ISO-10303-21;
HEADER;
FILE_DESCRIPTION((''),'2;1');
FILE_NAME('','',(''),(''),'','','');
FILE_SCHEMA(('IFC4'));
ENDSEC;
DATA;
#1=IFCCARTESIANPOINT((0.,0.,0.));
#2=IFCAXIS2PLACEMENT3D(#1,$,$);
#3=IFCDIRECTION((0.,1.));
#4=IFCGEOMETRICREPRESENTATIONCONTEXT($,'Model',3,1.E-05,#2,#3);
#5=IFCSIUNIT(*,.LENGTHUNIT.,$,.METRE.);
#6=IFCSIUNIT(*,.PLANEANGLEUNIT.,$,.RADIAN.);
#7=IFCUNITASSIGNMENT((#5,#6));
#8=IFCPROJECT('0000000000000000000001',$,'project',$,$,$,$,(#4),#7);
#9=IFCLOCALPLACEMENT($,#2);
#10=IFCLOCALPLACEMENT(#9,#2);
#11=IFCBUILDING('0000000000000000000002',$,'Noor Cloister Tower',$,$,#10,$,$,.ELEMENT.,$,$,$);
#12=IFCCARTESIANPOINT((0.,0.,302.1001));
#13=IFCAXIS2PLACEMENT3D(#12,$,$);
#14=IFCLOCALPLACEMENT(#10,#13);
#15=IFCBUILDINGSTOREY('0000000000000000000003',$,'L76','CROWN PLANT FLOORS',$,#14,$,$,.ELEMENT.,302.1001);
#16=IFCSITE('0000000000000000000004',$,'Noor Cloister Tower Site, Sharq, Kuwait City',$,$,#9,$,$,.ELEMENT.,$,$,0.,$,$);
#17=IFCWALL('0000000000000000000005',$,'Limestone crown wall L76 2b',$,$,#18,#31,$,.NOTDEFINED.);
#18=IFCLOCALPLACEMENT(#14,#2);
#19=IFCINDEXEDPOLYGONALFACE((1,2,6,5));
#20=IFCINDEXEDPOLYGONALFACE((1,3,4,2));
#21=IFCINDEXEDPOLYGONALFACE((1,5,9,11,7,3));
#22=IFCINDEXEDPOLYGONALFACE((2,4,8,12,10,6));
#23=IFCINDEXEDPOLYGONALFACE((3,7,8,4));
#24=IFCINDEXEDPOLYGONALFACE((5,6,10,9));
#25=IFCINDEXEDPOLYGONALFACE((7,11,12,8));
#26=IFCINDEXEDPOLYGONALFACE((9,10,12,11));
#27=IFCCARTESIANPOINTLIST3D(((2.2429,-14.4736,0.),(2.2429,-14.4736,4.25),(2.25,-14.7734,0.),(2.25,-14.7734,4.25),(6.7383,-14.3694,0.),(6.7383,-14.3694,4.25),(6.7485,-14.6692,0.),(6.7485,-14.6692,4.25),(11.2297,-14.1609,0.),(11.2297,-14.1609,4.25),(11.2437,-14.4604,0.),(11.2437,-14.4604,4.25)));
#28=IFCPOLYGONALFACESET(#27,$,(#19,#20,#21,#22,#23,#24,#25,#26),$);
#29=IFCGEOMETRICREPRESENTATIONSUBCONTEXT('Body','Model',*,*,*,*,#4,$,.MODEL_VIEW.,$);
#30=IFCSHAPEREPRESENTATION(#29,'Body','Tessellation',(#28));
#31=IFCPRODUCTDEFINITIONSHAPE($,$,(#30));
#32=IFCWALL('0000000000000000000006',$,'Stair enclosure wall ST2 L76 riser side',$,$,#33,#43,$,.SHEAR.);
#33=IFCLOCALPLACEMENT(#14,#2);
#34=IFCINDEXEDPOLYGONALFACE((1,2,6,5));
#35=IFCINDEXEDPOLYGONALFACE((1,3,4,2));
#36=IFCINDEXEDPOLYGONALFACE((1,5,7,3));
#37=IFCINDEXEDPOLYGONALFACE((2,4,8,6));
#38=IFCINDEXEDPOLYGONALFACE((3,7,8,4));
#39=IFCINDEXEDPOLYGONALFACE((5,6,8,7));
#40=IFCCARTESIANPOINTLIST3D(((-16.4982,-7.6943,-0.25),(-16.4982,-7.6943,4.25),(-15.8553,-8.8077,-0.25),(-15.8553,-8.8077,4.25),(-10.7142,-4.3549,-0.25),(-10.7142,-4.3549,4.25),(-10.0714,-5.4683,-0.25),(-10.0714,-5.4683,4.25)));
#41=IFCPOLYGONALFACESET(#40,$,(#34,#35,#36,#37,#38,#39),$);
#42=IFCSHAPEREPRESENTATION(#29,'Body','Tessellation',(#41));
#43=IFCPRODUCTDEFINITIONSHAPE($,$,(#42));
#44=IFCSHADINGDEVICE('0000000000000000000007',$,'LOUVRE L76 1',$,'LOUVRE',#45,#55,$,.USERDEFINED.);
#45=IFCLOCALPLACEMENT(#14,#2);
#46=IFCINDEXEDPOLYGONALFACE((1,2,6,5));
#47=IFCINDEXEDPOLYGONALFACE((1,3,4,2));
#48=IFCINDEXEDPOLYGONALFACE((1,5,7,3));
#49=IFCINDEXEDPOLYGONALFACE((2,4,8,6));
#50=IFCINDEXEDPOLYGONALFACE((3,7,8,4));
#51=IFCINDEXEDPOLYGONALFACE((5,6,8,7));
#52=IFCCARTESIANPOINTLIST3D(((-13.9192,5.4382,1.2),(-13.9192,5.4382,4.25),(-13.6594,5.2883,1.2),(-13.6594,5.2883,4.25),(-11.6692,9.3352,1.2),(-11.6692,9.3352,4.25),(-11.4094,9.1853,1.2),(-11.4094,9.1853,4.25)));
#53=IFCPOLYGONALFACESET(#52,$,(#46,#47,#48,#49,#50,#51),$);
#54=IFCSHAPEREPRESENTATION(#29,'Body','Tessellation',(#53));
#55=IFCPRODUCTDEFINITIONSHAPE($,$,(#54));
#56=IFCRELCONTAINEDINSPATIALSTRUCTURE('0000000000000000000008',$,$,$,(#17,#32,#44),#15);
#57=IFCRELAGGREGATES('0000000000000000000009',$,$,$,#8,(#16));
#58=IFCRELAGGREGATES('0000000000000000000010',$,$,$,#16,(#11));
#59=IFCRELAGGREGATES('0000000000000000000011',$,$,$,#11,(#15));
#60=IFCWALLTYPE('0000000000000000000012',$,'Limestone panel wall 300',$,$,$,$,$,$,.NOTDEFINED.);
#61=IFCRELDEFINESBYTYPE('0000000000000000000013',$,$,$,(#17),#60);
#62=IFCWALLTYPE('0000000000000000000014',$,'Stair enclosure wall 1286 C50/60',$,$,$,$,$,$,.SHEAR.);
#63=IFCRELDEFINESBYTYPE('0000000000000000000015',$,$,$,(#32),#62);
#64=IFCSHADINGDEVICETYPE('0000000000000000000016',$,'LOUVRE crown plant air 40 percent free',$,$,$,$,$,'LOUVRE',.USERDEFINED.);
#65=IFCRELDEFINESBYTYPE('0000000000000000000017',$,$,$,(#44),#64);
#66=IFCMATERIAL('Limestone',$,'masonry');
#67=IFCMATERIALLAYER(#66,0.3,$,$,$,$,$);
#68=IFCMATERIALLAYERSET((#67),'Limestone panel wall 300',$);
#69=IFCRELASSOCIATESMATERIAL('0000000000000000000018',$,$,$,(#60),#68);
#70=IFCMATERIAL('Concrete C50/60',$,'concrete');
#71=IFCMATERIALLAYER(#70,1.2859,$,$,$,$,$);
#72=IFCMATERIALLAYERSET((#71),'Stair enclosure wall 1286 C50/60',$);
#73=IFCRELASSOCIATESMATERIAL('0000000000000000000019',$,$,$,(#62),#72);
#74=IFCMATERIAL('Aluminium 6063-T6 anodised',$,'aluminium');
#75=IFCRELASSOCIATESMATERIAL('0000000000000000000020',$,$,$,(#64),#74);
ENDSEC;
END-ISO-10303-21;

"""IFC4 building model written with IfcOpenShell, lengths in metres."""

from ifc_helpers import new_model, si_unit, direction, frame, frame_2d, origin, place, context, subcontext, project, spatial, polyline, rectangle, outline, extrude, material, layer, layer_set, type_object, element, save


model = new_model("IFC4")

# Units and contexts
model_context = context("Model", 3, precision=1e-05, world=origin(), true_north=direction((0.0, 1.0)))
body_context = subcontext(model_context, "Body", "Model", "MODEL_VIEW")
ifc_project = project(units=[si_unit("LENGTHUNIT", "METRE"), si_unit("PLANEANGLEUNIT", "RADIAN")], contexts=[model_context])

# Site, building, storey
site_placement = place(None, origin())
site = spatial("IfcSite", under=ifc_project, at=site_placement, Name="Noor Cloister Tower Site, Sharq, Kuwait City", CompositionType="ELEMENT", RefElevation=0.0)
building_placement = place(site_placement, origin())
building = spatial("IfcBuilding", under=site, at=building_placement, Name="Noor Cloister Tower", CompositionType="ELEMENT")
storey_placement = place(building_placement, frame((0.0, 0.0, 302.1001)))
storey = spatial("IfcBuildingStorey", under=building, at=storey_placement, Name="L76", Description="CROWN PLANT FLOORS", CompositionType="ELEMENT", Elevation=302.1001)

# Walls
ifc_material_1 = material(Name="Limestone", Category="masonry")
ifc_layer_1 = layer(ifc_material_1, 0.3)
ifc_layer_set_1 = layer_set([ifc_layer_1], Name="Limestone panel wall 300")
wall_type_1 = type_object("IfcWallType", Name="Limestone panel wall 300", PredefinedType="NOTDEFINED", material=ifc_layer_set_1)
wall_1_placement = place(storey_placement, origin())
element("IfcWall", 1, at=wall_1_placement, inside=storey, type_object=wall_type_1, Name="Limestone crown wall L76 2b", PredefinedType="NOTDEFINED", context=body_context, shape_type="SweptSolid", body=[
    extrude(outline(polyline([(2.25, -14.7734), (6.7485, -14.6692), (11.2437, -14.4604), (11.2297, -14.1609), (6.7383, -14.3694), (2.2429, -14.4736), (2.25, -14.7734)])), origin(), (0.0, 0.0, 1.0), 4.25),
])
ifc_material_2 = material(Name="Concrete C50/60", Category="concrete")
ifc_layer_2 = layer(ifc_material_2, 1.2859)
ifc_layer_set_2 = layer_set([ifc_layer_2], Name="Stair enclosure wall 1286 C50/60")
wall_type_2 = type_object("IfcWallType", Name="Stair enclosure wall 1286 C50/60", PredefinedType="SHEAR", material=ifc_layer_set_2)
wall_2_placement = place(storey_placement, frame((-10.3928, -4.9116, -0.25), z_axis=(0.0, 0.0, 1.0), x_axis=(-0.866025, -0.5, 0.0)))
element("IfcWall", 2, at=wall_2_placement, inside=storey, type_object=wall_type_2, Name="Stair enclosure wall ST2 L76 riser side", PredefinedType="SHEAR", context=body_context, shape_type="SweptSolid", body=[
    extrude(rectangle(XDim=6.6787, YDim=1.2856, at=frame_2d((3.3394, 0.0))), origin(), (0.0, 0.0, 1.0), 4.5),
])

# Shading device
ifc_material_3 = material(Name="Aluminium 6063-T6 anodised", Category="aluminium")
shading_device_type = type_object("IfcShadingDeviceType", Name="LOUVRE crown plant air 40 percent free", ElementType="LOUVRE", PredefinedType="USERDEFINED", material=ifc_material_3)
shading_device_placement = place(storey_placement, frame((0.0, 0.0, 1.2)))
element("IfcShadingDevice", 3, at=shading_device_placement, inside=storey, type_object=shading_device_type, Name="LOUVRE L76 1", ObjectType="LOUVRE", PredefinedType="USERDEFINED", context=body_context, shape_type="SweptSolid", body=[
    extrude(outline(polyline([(-11.6692, 9.3352), (-13.9192, 5.4382), (-13.6594, 5.2883), (-11.4094, 9.1853), (-11.6692, 9.3352)])), origin(), (0.0, 0.0, 1.0), 3.05),
])

save(model, "model.ifc")
